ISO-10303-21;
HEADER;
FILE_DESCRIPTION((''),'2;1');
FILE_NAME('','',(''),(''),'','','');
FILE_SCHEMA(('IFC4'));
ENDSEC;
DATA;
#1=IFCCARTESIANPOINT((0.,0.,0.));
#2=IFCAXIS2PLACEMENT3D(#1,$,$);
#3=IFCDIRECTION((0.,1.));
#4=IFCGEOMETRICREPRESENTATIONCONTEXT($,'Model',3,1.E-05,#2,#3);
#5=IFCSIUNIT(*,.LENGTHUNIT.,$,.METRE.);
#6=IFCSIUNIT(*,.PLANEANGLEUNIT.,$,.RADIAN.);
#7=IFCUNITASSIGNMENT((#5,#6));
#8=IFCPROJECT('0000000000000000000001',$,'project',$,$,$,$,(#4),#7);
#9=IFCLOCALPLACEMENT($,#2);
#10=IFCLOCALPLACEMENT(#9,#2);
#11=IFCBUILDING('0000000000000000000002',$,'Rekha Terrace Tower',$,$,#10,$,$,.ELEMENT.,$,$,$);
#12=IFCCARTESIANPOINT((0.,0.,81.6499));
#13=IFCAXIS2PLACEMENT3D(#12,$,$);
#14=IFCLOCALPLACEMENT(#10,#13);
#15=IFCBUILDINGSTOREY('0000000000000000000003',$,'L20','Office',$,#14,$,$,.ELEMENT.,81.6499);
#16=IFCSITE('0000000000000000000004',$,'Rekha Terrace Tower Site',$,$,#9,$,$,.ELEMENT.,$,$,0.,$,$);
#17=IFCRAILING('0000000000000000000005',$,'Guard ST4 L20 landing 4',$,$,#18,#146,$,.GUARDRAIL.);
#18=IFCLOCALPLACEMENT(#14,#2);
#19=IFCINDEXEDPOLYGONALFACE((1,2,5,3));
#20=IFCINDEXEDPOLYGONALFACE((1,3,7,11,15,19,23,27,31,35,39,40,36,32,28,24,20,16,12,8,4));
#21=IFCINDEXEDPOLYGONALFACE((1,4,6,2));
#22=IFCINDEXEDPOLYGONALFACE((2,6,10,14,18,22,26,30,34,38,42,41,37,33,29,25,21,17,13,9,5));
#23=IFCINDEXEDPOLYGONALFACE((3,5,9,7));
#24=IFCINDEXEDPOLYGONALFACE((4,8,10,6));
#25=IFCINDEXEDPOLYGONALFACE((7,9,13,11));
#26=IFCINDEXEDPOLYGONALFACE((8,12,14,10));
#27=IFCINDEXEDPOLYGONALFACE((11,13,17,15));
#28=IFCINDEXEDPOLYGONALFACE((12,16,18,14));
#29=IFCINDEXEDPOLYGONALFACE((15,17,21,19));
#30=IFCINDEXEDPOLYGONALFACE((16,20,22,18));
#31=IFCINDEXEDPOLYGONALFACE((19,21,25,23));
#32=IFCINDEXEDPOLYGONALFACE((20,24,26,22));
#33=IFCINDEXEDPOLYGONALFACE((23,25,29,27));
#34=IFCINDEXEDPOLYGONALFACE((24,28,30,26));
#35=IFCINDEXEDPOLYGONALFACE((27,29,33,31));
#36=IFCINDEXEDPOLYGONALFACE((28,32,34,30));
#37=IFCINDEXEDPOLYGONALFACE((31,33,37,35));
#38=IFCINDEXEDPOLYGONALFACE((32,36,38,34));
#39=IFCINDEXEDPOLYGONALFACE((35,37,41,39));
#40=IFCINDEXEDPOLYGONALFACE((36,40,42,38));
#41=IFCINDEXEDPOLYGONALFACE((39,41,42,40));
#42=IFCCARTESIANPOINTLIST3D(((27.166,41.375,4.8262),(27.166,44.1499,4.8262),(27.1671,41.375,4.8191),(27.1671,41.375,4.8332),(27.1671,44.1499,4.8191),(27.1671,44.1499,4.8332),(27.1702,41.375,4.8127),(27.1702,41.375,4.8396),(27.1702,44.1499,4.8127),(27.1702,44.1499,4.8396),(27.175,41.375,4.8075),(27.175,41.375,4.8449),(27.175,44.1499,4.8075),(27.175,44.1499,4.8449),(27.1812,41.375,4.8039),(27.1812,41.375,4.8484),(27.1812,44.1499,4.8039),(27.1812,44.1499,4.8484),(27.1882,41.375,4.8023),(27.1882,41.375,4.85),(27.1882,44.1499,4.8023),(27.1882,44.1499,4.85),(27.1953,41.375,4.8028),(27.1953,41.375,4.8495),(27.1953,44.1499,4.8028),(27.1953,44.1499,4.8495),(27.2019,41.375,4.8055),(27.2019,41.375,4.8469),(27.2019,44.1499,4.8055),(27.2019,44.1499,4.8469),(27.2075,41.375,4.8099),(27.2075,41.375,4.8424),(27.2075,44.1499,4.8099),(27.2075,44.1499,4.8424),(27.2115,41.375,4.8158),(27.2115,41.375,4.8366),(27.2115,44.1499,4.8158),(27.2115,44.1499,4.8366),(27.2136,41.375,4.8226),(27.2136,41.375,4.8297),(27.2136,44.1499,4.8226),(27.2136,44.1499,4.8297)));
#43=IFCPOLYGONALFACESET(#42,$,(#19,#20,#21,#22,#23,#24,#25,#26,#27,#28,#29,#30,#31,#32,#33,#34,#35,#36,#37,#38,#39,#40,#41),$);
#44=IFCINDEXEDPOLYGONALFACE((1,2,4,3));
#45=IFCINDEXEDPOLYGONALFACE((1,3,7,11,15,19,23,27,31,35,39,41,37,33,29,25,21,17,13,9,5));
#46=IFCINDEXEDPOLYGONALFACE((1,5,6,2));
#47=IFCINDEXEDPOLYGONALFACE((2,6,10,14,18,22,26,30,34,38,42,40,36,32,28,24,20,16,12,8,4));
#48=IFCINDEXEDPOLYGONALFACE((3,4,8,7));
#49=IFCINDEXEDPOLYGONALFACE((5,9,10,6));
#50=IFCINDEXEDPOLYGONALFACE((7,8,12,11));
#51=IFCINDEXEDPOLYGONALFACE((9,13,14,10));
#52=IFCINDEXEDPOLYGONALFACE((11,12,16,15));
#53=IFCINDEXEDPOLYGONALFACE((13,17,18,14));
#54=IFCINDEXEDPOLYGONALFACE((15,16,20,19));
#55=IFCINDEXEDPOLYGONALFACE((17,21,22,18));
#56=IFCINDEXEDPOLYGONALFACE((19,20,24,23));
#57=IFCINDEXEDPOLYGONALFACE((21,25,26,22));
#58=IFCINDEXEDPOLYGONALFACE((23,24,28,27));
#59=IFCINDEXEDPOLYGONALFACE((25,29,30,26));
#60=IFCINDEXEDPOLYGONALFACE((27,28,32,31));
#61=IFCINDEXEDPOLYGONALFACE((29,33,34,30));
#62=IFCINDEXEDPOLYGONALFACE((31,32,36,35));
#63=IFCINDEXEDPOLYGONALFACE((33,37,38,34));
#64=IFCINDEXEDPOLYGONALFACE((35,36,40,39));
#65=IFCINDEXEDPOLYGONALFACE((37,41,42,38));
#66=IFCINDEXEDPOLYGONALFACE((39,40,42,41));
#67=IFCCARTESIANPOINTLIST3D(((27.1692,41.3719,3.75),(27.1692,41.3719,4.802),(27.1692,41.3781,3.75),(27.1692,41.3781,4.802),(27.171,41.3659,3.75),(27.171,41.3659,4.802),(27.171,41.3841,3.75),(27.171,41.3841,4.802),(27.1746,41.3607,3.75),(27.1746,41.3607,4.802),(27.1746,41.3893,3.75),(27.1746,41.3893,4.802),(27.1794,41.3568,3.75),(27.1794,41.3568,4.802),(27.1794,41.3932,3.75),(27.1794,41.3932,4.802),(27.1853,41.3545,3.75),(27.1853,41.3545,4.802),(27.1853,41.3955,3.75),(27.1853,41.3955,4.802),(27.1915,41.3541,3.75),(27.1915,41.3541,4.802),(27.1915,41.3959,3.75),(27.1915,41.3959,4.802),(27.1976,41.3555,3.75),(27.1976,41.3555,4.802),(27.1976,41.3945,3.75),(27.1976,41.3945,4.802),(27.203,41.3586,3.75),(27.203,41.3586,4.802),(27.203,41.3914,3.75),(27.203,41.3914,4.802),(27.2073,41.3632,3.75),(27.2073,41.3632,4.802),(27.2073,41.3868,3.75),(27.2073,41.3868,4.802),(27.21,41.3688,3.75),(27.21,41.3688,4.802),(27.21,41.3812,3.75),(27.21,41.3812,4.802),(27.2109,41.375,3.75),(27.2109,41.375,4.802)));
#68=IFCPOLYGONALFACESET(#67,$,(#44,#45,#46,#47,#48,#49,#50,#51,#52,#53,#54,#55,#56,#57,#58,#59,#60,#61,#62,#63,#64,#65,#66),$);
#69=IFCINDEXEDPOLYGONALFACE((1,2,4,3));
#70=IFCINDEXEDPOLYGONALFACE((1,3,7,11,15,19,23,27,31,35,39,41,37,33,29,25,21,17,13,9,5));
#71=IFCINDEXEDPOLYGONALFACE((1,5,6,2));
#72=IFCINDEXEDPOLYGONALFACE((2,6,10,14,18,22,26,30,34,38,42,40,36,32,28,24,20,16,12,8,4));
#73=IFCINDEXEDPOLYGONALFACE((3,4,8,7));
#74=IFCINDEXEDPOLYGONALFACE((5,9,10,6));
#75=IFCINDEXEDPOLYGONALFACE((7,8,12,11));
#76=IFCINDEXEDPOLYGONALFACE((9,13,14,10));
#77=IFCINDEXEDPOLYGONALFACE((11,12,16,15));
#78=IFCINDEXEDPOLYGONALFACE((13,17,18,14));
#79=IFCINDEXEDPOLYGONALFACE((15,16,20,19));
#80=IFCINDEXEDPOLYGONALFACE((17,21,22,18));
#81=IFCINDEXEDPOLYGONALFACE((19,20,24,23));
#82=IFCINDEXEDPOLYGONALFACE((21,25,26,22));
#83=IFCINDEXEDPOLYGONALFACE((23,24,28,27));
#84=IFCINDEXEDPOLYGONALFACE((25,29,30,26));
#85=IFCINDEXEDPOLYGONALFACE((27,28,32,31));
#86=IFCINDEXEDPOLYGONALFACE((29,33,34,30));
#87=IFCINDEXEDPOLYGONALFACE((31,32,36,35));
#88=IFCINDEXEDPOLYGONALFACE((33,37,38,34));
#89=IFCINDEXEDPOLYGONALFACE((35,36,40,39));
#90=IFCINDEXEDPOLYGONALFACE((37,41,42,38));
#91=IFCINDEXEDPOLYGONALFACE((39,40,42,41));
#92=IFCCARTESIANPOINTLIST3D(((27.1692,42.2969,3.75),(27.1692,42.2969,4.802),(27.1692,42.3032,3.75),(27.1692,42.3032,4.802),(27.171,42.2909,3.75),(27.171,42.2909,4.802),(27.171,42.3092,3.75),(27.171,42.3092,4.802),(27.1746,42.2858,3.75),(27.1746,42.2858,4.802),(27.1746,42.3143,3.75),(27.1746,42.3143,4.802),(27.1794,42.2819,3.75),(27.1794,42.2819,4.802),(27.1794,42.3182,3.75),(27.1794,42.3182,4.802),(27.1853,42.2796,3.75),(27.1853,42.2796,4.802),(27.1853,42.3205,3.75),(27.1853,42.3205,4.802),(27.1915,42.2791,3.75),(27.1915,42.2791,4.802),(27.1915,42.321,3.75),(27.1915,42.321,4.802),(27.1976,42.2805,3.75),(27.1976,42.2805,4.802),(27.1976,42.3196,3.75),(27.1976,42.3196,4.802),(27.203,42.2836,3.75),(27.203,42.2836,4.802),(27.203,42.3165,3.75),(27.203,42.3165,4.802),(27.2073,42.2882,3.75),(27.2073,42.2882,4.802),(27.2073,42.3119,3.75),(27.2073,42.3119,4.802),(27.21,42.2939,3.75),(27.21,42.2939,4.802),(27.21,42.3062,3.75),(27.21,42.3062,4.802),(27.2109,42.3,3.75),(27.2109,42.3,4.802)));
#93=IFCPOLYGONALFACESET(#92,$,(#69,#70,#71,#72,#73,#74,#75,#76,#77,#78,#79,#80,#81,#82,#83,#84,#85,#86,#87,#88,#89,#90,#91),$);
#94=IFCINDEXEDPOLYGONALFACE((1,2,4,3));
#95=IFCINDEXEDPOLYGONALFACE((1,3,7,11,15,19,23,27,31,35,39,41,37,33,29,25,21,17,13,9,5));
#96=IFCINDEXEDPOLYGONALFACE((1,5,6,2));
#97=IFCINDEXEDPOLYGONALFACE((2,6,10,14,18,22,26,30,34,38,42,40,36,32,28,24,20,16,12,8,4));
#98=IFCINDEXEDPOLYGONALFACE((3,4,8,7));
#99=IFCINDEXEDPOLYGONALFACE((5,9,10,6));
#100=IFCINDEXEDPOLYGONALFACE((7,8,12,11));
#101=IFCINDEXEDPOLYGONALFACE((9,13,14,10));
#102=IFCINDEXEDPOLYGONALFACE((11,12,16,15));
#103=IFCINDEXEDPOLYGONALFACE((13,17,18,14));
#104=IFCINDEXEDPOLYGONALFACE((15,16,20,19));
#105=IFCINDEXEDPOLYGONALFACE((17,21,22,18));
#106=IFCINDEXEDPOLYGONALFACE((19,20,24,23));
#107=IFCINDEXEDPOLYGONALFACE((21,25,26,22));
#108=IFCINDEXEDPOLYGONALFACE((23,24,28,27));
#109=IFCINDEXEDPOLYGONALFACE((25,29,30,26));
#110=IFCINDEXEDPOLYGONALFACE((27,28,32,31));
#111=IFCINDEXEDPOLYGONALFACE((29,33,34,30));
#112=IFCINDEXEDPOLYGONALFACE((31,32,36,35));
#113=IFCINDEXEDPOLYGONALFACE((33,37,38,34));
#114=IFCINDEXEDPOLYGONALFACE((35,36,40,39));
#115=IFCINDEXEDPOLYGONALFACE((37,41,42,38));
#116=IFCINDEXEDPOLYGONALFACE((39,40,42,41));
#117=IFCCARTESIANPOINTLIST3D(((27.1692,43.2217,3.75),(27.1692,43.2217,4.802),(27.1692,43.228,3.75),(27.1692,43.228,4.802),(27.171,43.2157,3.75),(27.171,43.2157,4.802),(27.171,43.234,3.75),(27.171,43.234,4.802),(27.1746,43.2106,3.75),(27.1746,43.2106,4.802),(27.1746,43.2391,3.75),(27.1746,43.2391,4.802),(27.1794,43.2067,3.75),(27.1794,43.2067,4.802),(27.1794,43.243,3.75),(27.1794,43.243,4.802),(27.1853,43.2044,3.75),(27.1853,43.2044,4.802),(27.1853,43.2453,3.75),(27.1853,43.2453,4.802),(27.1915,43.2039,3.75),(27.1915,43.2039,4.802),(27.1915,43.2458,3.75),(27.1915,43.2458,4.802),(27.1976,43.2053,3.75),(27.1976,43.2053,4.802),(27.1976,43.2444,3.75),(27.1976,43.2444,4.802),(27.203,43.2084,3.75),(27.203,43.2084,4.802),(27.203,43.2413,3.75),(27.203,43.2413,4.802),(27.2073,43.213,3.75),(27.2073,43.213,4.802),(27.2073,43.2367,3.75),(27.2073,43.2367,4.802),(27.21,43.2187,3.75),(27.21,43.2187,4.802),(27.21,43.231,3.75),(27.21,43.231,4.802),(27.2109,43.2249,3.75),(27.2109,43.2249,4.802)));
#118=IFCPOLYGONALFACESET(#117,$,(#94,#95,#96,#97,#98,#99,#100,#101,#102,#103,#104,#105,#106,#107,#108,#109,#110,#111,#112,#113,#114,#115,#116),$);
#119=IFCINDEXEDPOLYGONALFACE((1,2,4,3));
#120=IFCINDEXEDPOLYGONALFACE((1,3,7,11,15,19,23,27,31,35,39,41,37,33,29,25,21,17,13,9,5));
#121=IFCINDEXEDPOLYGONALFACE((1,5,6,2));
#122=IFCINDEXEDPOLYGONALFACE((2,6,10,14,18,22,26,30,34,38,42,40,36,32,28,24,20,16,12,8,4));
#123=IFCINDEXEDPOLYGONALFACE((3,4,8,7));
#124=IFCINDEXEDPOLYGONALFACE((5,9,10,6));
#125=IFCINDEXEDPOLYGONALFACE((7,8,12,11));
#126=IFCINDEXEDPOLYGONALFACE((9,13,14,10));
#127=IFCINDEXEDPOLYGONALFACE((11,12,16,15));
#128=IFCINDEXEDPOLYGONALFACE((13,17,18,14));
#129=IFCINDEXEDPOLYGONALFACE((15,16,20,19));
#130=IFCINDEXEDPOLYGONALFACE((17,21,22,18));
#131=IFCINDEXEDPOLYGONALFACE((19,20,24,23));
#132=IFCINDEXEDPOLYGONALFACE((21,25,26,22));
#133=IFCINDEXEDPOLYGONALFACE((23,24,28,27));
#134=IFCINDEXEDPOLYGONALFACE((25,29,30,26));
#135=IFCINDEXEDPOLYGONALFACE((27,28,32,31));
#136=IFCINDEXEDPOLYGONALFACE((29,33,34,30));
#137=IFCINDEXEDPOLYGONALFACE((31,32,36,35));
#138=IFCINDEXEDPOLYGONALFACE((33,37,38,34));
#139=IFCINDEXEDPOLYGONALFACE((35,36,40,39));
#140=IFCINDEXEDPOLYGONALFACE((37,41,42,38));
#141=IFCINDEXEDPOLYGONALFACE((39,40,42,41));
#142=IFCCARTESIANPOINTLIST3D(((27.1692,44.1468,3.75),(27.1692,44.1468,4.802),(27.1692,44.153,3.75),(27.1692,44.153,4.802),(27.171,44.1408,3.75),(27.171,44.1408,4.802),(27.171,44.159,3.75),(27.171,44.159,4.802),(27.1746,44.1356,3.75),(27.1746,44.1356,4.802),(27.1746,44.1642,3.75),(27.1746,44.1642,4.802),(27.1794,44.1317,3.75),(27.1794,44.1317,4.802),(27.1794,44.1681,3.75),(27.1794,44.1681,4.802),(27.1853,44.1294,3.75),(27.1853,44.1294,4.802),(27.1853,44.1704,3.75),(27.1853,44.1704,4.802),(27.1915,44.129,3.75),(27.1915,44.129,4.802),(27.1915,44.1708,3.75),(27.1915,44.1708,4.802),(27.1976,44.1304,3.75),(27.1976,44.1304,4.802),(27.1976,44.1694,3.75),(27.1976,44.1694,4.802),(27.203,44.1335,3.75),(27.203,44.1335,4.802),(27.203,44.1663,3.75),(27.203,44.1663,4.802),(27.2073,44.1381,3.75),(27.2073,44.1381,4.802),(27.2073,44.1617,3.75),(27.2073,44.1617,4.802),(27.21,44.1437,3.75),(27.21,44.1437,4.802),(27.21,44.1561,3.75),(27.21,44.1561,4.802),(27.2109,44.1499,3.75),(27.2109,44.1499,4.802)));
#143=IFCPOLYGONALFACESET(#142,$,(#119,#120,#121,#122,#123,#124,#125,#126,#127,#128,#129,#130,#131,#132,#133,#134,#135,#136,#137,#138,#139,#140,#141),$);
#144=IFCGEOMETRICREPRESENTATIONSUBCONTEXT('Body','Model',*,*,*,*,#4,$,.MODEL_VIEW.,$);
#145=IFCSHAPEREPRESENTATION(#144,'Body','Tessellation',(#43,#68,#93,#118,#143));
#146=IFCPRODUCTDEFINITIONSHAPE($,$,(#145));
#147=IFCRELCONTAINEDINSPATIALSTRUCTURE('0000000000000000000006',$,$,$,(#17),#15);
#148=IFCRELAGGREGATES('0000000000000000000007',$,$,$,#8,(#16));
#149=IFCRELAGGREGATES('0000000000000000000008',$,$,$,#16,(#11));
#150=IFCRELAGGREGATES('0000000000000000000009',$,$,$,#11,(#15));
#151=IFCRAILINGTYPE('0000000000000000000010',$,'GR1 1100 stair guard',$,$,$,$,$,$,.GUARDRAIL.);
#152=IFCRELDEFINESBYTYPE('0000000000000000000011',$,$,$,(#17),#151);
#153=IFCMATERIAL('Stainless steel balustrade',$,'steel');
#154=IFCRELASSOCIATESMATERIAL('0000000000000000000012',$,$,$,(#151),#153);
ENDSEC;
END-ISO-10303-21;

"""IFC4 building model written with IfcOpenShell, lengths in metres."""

from ifc_helpers import new_model, si_unit, direction, frame, origin, origin_2d, place, context, subcontext, project, spatial, circle, extrude, material, type_object, element, save


model = new_model("IFC4")

# Units and contexts
model_context = context("Model", 3, precision=1e-05, world=origin(), true_north=direction((0.0, 1.0)))
body_context = subcontext(model_context, "Body", "Model", "MODEL_VIEW")
ifc_project = project(units=[si_unit("LENGTHUNIT", "METRE"), si_unit("PLANEANGLEUNIT", "RADIAN")], contexts=[model_context])

# Site, building, storey
site_placement = place(None, origin())
site = spatial("IfcSite", under=ifc_project, at=site_placement, Name="Rekha Terrace Tower Site", CompositionType="ELEMENT", RefElevation=0.0)
building_placement = place(site_placement, origin())
building = spatial("IfcBuilding", under=site, at=building_placement, Name="Rekha Terrace Tower", CompositionType="ELEMENT")
storey_placement = place(building_placement, frame((0.0, 0.0, 81.6499)))
storey = spatial("IfcBuildingStorey", under=building, at=storey_placement, Name="L20", Description="Office", CompositionType="ELEMENT", Elevation=81.6499)

# Railing
ifc_material_1 = material(Name="Stainless steel balustrade", Category="steel")
railing_type_1 = type_object("IfcRailingType", Name="GR1 1100 stair guard", PredefinedType="GUARDRAIL", material=ifc_material_1)
railing_1_placement = place(storey_placement, frame((27.1899, 41.375, 3.75)))
element("IfcRailing", 1, at=railing_1_placement, inside=storey, type_object=railing_type_1, Name="Guard ST4 L20 landing 4", PredefinedType="GUARDRAIL", context=body_context, shape_type="SweptSolid", body=[
    extrude(circle(Radius=0.0239, at=origin_2d()), frame((0.0, 0.0, 1.0762), z_axis=(0.0, 1.0, 0.0), x_axis=(-1.0, 0.0, 0.0)), (0.0, 0.0, 1.0), 2.7749),
    extrude(circle(Radius=0.021, at=origin_2d()), origin(), (0.0, 0.0, 1.0), 1.052),
    extrude(circle(Radius=0.021, at=origin_2d()), frame((0.0, 0.925, 0.0)), (0.0, 0.0, 1.0), 1.052),
    extrude(circle(Radius=0.021, at=origin_2d()), frame((0.0, 1.8499, 0.0)), (0.0, 0.0, 1.0), 1.052),
    extrude(circle(Radius=0.021, at=origin_2d()), frame((0.0, 2.7749, 0.0)), (0.0, 0.0, 1.0), 1.052),
])

save(model, "model.ifc")
